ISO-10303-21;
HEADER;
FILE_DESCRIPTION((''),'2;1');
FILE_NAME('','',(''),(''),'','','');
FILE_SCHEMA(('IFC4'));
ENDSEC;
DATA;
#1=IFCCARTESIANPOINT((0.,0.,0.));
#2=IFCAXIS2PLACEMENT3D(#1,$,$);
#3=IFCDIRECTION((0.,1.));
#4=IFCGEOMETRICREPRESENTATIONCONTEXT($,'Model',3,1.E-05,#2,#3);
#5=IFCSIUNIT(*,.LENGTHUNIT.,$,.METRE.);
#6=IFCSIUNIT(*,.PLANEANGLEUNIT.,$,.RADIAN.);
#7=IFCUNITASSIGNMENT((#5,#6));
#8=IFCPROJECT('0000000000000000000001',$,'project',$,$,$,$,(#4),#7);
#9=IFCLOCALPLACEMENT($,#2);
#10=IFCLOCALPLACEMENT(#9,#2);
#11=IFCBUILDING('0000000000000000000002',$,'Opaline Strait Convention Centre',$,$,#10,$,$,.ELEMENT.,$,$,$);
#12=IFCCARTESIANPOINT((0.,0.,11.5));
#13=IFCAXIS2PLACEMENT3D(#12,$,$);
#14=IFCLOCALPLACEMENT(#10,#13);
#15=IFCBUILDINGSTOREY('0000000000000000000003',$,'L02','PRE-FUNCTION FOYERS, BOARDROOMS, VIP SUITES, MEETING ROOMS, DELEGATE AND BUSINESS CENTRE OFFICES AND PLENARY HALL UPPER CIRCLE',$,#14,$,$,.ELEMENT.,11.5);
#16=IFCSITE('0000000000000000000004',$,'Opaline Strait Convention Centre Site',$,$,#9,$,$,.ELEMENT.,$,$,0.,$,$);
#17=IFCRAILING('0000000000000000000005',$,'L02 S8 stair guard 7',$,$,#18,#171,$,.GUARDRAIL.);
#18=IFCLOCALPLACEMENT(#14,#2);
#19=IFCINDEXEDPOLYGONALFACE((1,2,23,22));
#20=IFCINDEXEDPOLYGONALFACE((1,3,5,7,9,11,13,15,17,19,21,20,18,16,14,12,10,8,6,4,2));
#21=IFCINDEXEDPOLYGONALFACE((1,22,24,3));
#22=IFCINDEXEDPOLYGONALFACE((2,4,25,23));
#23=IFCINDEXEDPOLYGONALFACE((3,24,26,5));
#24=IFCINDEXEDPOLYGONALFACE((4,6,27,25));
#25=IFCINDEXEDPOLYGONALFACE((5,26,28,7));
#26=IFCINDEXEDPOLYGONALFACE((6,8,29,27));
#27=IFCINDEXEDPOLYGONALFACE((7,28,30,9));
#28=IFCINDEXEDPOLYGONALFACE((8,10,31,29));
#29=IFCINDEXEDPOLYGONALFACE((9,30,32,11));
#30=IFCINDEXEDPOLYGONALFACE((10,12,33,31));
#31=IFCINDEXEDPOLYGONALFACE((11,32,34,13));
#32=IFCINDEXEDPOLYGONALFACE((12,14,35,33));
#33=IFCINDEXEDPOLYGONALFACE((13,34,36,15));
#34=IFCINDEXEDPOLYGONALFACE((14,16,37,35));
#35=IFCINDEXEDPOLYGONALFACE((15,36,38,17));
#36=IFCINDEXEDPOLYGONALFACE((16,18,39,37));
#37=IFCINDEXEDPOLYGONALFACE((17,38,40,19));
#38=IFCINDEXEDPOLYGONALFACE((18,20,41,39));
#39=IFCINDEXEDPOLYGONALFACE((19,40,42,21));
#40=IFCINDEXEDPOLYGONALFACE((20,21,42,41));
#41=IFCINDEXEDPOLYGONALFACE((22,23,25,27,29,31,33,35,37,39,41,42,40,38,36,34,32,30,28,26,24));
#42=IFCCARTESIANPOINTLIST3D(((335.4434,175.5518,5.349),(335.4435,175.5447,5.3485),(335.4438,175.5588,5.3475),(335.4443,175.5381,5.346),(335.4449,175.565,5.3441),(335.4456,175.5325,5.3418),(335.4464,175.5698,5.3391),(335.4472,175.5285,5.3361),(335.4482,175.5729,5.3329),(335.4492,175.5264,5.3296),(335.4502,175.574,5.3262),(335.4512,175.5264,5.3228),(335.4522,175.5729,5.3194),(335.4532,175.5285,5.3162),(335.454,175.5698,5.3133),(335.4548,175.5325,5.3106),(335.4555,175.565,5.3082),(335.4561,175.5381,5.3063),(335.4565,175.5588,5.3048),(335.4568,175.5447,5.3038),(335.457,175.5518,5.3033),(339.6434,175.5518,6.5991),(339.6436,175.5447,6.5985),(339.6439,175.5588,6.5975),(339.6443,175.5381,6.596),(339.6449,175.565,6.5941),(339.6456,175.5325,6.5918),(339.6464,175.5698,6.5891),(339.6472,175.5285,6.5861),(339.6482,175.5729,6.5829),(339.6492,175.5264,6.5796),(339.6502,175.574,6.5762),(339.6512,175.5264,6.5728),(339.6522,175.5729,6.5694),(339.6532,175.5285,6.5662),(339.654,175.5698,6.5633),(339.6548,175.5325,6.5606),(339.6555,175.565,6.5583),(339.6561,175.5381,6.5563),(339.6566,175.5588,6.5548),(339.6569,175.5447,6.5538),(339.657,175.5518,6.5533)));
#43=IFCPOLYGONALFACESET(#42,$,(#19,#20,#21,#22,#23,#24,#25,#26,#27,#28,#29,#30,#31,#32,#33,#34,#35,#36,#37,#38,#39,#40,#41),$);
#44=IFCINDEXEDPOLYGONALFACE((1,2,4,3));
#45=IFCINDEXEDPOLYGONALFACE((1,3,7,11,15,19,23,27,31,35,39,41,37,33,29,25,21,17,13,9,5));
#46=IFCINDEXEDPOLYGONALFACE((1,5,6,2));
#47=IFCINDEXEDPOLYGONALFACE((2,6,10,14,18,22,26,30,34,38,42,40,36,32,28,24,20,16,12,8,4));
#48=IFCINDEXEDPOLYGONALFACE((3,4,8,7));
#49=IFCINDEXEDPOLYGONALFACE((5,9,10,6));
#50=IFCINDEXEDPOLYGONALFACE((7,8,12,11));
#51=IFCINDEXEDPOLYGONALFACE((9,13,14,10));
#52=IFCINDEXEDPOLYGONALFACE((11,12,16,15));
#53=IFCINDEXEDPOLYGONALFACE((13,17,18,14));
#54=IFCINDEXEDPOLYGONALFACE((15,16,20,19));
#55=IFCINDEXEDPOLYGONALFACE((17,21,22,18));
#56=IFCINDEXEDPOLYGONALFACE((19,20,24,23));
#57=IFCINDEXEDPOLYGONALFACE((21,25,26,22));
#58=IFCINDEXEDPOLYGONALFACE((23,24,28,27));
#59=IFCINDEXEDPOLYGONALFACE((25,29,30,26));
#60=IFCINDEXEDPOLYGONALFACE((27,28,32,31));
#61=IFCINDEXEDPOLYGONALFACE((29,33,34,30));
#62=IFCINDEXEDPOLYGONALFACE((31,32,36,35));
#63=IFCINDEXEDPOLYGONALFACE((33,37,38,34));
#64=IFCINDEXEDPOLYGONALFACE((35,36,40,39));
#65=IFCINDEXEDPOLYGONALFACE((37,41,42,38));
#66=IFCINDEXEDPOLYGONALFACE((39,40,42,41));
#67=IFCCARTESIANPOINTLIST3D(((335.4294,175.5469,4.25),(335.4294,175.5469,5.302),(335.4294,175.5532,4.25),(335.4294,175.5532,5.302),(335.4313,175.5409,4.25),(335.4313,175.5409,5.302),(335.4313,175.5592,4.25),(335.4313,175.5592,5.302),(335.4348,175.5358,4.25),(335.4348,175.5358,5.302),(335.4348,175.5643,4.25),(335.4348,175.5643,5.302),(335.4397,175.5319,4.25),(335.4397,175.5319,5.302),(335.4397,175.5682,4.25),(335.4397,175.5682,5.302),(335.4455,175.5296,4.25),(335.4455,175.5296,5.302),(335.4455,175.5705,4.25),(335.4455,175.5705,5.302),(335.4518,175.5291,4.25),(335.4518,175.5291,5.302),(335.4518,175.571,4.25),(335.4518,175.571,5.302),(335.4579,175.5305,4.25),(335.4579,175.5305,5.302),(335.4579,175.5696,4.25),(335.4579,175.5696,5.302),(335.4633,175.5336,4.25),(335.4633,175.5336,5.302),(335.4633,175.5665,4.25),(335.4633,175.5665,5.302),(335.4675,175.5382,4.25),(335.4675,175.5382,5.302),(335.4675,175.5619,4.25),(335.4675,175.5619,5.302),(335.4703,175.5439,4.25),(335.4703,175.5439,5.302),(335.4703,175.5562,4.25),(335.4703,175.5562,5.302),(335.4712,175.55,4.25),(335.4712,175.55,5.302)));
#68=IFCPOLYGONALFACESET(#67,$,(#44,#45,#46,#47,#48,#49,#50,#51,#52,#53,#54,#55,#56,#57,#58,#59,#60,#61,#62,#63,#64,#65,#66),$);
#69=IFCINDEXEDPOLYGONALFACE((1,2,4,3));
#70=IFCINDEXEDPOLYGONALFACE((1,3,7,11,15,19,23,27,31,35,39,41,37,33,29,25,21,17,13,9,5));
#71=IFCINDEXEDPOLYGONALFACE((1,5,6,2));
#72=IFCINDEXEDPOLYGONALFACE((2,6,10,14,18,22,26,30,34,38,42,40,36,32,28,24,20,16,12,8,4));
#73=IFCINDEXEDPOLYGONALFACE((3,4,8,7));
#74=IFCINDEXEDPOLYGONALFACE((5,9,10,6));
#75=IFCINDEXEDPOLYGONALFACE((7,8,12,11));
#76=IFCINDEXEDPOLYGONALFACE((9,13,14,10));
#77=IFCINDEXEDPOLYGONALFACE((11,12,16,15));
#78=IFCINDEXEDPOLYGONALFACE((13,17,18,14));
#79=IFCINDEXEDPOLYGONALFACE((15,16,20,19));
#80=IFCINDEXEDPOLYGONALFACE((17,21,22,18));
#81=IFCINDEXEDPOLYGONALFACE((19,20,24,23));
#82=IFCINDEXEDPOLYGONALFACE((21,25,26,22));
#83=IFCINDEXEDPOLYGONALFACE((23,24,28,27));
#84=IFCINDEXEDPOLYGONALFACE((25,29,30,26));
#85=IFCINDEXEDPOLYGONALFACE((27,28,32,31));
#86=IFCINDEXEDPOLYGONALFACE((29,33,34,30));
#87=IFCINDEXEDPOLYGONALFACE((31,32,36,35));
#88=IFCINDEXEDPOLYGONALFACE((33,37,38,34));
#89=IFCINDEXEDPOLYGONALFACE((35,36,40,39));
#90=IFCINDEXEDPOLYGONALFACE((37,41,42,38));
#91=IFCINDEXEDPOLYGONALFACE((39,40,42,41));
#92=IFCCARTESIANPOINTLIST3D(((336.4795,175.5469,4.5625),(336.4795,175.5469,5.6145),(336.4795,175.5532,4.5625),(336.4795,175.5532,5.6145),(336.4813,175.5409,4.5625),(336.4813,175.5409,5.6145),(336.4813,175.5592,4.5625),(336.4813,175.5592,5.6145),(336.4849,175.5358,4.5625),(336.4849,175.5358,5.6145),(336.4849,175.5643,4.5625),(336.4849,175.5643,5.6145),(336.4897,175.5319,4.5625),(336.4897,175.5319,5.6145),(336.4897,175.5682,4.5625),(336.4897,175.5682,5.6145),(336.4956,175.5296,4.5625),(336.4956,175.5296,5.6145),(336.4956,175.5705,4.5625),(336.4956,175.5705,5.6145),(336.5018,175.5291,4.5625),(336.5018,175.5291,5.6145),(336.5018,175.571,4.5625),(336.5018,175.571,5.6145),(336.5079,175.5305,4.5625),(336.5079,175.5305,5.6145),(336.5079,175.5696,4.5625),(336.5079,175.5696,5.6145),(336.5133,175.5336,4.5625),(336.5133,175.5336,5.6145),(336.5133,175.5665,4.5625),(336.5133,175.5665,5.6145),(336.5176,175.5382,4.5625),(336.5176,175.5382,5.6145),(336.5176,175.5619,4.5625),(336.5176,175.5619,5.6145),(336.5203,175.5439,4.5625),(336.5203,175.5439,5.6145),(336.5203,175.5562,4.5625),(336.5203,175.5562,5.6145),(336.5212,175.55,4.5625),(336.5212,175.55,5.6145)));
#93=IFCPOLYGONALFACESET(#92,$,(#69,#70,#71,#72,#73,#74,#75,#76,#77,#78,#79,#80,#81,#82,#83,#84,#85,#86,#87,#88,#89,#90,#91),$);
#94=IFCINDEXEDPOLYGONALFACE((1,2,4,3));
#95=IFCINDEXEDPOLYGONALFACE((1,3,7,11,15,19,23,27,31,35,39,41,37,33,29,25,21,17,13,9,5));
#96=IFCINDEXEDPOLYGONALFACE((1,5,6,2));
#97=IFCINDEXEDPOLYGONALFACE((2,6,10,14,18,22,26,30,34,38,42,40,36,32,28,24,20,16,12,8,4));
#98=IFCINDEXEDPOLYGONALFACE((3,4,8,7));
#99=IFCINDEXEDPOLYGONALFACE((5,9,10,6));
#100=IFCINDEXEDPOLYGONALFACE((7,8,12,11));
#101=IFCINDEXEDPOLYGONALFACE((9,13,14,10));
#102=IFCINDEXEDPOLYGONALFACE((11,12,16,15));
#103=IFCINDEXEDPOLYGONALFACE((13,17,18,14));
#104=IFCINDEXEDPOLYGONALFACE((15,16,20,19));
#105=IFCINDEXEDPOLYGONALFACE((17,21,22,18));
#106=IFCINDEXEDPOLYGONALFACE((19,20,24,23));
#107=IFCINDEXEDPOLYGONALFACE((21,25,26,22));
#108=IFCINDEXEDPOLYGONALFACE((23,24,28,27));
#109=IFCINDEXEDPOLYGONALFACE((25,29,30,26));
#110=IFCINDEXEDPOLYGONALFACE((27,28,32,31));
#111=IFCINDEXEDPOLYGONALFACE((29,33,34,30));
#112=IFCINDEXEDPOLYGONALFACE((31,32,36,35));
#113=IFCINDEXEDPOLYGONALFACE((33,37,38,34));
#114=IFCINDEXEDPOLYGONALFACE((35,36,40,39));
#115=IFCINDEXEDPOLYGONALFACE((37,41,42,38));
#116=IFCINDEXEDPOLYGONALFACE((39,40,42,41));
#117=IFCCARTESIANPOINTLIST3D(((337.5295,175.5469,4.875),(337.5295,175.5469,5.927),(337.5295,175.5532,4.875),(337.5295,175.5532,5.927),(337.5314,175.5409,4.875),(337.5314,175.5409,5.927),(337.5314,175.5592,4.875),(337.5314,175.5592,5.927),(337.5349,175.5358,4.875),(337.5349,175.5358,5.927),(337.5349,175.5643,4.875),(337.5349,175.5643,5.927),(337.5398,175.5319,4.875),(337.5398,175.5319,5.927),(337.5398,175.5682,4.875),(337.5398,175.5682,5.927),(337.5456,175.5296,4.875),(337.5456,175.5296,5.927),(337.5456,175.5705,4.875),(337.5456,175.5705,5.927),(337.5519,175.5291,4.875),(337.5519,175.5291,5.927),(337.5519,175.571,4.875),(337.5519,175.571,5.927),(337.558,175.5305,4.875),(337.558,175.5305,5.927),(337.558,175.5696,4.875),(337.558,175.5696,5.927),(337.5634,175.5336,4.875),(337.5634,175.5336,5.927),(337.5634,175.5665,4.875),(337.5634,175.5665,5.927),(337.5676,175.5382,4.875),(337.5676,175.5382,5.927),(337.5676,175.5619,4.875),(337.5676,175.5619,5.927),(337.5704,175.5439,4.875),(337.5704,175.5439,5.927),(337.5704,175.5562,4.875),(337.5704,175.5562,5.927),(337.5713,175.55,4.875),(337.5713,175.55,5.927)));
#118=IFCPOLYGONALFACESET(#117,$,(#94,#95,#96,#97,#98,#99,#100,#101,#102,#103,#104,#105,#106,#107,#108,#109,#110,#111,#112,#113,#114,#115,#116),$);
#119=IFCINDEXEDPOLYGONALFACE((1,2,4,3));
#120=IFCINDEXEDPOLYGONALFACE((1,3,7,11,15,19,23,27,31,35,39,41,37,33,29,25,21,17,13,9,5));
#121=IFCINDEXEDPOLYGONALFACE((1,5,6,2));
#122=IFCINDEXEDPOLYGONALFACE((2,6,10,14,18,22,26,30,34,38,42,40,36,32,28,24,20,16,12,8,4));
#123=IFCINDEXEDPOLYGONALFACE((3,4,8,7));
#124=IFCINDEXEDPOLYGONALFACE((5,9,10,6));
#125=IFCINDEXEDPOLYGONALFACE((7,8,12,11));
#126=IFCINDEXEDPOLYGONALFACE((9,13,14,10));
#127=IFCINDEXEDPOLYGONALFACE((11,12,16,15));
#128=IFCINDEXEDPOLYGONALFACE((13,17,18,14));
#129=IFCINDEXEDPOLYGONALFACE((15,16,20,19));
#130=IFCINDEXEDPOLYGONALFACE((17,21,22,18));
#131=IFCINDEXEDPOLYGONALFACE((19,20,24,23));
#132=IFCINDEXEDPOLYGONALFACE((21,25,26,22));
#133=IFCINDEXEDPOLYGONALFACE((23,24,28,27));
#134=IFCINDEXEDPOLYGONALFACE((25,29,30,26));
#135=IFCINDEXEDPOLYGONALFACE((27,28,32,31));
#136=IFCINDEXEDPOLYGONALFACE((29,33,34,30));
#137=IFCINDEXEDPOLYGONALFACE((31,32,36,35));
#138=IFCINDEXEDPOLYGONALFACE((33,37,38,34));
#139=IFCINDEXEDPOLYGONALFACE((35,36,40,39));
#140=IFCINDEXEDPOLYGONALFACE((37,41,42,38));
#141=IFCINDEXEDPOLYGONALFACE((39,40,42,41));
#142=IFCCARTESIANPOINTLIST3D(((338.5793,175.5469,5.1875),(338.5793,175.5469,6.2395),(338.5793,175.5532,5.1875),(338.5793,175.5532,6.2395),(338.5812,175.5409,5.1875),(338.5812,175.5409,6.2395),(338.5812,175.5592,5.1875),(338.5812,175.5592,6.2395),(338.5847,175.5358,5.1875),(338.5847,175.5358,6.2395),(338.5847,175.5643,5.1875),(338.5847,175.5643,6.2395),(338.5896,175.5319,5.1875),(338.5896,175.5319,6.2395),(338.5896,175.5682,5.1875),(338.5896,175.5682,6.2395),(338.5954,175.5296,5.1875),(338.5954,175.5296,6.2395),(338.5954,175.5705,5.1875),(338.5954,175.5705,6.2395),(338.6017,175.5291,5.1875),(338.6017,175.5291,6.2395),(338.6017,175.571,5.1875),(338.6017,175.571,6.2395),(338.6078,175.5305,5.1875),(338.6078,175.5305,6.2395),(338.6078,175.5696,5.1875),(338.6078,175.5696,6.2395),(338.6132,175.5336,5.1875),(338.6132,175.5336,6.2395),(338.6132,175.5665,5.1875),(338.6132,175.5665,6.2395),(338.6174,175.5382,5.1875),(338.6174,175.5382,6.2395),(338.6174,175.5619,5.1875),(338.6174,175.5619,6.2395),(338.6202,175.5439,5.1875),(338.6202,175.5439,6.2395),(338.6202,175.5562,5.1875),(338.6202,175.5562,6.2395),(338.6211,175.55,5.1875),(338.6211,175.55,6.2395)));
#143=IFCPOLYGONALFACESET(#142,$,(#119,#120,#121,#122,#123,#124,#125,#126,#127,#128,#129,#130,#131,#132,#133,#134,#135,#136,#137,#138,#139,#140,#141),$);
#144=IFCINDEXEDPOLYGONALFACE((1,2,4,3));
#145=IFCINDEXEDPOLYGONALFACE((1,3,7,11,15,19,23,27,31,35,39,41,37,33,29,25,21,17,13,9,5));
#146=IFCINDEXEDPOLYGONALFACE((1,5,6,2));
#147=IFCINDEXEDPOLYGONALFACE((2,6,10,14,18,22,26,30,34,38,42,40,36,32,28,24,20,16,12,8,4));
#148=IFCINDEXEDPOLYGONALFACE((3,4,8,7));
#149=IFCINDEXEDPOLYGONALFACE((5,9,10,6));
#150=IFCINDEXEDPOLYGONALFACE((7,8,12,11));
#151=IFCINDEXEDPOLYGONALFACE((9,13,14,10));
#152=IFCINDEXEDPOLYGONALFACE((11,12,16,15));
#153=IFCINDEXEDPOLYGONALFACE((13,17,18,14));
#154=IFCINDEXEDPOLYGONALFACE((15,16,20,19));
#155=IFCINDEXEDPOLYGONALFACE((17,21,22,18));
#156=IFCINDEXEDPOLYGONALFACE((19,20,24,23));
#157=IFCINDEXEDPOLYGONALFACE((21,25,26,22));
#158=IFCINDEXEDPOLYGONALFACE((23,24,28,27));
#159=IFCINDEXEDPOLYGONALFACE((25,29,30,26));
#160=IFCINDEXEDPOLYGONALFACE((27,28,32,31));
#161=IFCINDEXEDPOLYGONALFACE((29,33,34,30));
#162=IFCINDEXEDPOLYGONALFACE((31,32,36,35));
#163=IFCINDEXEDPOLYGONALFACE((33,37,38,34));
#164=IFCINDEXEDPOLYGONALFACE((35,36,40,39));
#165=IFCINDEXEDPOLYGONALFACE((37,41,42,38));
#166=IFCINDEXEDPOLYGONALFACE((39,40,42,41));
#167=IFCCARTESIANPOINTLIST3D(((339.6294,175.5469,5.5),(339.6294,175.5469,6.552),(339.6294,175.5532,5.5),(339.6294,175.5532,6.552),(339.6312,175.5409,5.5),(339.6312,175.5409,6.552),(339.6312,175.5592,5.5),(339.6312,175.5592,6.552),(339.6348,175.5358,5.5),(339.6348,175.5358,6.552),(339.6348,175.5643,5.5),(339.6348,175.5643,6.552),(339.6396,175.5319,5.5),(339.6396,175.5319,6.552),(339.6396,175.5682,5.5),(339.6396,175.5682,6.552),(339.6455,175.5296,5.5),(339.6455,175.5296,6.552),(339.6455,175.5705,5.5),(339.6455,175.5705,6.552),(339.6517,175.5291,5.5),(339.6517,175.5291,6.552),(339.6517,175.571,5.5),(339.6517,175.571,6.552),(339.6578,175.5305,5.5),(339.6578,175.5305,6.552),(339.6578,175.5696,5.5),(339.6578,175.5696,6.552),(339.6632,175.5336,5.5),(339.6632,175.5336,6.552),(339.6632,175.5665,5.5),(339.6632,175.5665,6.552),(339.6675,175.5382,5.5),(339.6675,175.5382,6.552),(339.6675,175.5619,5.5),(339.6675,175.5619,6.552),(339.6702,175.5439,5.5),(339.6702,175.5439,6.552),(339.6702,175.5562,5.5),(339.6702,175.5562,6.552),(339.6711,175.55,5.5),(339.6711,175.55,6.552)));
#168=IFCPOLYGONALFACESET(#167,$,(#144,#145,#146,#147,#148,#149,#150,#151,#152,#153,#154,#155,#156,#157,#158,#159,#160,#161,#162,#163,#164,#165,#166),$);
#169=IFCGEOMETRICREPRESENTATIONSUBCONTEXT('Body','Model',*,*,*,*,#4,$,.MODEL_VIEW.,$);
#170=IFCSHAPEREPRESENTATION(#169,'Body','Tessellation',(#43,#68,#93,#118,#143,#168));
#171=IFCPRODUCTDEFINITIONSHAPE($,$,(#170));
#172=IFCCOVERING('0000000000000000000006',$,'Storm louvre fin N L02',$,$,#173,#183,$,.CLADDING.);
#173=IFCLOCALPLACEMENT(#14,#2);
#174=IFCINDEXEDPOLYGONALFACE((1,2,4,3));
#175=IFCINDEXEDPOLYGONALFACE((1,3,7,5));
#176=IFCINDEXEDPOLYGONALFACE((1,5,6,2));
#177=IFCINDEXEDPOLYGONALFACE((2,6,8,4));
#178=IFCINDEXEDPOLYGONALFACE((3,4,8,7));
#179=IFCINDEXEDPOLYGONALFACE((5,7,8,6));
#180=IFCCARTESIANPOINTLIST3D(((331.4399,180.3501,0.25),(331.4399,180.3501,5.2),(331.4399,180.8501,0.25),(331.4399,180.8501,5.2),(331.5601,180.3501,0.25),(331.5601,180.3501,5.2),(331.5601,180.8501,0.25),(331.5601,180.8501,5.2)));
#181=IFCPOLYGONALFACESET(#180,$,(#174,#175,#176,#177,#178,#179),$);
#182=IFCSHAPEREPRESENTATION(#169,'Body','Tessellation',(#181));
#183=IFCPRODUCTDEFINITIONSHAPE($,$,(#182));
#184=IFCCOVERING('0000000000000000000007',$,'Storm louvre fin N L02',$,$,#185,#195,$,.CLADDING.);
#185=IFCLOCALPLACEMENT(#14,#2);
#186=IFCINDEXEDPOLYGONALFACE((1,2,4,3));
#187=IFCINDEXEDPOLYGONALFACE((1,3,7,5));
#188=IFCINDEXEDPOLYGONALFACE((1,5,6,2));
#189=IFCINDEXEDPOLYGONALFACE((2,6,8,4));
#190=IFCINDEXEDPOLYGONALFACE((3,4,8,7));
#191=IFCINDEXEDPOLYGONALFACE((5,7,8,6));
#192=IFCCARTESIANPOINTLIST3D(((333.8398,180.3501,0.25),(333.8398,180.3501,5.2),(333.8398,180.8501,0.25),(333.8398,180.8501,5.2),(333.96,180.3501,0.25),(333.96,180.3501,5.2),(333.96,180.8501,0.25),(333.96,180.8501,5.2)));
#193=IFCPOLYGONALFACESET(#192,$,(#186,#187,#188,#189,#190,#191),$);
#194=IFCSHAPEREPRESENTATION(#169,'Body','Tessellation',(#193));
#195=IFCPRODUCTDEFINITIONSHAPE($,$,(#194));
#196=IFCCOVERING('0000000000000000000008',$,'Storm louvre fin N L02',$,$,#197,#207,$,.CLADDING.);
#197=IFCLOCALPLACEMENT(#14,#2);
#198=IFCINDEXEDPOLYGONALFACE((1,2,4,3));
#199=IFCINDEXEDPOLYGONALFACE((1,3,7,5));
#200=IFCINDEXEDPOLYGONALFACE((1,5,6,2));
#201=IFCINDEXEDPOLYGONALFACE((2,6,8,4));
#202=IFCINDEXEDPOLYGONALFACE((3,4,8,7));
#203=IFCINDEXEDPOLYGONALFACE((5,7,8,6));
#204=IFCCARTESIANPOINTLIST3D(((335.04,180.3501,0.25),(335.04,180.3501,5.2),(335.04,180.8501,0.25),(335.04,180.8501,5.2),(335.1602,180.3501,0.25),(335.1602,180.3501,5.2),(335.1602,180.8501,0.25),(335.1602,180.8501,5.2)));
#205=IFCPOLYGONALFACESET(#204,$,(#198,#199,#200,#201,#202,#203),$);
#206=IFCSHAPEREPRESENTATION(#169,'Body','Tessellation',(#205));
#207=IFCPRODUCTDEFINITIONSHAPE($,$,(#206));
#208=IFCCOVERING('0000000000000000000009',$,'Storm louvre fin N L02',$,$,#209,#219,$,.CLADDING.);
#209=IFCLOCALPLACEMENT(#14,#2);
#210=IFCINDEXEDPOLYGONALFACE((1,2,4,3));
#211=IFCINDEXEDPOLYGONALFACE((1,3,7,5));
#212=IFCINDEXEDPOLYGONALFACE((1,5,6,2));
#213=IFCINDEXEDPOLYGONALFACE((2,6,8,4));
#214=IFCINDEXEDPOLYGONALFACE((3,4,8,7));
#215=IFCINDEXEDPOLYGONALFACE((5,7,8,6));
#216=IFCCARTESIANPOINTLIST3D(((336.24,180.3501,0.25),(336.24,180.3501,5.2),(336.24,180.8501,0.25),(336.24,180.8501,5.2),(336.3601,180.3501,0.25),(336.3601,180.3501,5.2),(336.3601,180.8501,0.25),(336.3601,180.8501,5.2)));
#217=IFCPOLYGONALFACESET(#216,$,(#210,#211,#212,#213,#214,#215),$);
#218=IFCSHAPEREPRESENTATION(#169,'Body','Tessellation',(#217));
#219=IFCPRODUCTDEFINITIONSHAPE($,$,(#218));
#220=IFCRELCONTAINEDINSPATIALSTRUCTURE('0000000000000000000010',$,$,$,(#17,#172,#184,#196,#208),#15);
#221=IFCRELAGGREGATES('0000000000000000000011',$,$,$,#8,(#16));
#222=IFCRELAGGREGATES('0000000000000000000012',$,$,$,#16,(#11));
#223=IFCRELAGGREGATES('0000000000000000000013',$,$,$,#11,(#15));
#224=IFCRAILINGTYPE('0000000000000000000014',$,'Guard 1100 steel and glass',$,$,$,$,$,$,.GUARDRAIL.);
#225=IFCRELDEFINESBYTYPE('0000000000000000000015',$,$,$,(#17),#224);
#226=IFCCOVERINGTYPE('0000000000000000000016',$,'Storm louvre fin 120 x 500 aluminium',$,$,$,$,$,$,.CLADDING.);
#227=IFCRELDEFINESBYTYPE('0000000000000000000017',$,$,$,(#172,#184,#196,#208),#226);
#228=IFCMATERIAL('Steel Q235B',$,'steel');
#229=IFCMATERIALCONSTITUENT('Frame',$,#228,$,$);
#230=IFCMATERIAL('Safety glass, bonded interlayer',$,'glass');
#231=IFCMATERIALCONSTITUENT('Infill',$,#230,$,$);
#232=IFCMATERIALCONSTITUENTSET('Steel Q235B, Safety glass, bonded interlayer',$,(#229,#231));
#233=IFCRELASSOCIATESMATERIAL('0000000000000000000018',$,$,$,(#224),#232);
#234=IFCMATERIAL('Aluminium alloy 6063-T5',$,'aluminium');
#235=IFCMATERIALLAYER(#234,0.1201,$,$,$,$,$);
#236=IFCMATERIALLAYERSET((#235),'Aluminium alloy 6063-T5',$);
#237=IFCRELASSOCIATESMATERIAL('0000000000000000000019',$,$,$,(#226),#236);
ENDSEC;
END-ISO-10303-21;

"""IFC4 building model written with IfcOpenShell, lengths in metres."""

from ifc_helpers import new_model, si_unit, direction, frame, origin, origin_2d, place, context, subcontext, project, spatial, rectangle, circle, extrude, material, layer, layer_set, constituent, constituent_set, type_object, element, save


model = new_model("IFC4")

# Units and contexts
model_context = context("Model", 3, precision=1e-05, world=origin(), true_north=direction((0.0, 1.0)))
body_context = subcontext(model_context, "Body", "Model", "MODEL_VIEW")
ifc_project = project(units=[si_unit("LENGTHUNIT", "METRE"), si_unit("PLANEANGLEUNIT", "RADIAN")], contexts=[model_context])

# Site, building, storey
site_placement = place(None, origin())
site = spatial("IfcSite", under=ifc_project, at=site_placement, Name="Opaline Strait Convention Centre Site", CompositionType="ELEMENT", RefElevation=0.0)
building_placement = place(site_placement, origin())
building = spatial("IfcBuilding", under=site, at=building_placement, Name="Opaline Strait Convention Centre", CompositionType="ELEMENT")
storey_placement = place(building_placement, frame((0.0, 0.0, 11.5)))
storey = spatial("IfcBuildingStorey", under=building, at=storey_placement, Name="L02", Description="PRE-FUNCTION FOYERS, BOARDROOMS, VIP SUITES, MEETING ROOMS, DELEGATE AND BUSINESS CENTRE OFFICES AND PLENARY HALL UPPER CIRCLE", CompositionType="ELEMENT", Elevation=11.5)

# Railing
ifc_material_1 = material(Name="Steel Q235B", Category="steel")
ifc_constituent_1 = constituent(ifc_material_1, Name="Frame")
ifc_material_2 = material(Name="Safety glass, bonded interlayer", Category="glass")
ifc_constituent_2 = constituent(ifc_material_2, Name="Infill")
ifc_constituent_set = constituent_set(constituents=[ifc_constituent_1, ifc_constituent_2], Name="Steel Q235B, Safety glass, bonded interlayer")
railing_type = type_object("IfcRailingType", Name="Guard 1100 steel and glass", PredefinedType="GUARDRAIL", material=ifc_constituent_set)
railing_1_placement = place(storey_placement, frame((335.4502, 175.55, 4.25)))
element("IfcRailing", 1, at=railing_1_placement, inside=storey, type_object=railing_type, Name="L02 S8 stair guard 7", PredefinedType="GUARDRAIL", context=body_context, shape_type="SweptSolid", body=[
    extrude(circle(Radius=0.0239, at=origin_2d()), frame((0.0, 0.0, 1.0762), z_axis=(0.958451, 0.0, 0.285257), x_axis=(0.0, 1.0, 0.0)), (0.0, 0.0, 1.0), 4.3821),
    extrude(circle(Radius=0.021, at=origin_2d()), origin(), (0.0, 0.0, 1.0), 1.052),
    extrude(circle(Radius=0.021, at=origin_2d()), frame((1.05, 0.0, 0.3125)), (0.0, 0.0, 1.0), 1.052),
    extrude(circle(Radius=0.021, at=origin_2d()), frame((2.1001, 0.0, 0.625)), (0.0, 0.0, 1.0), 1.052),
    extrude(circle(Radius=0.021, at=origin_2d()), frame((3.1499, 0.0, 0.9375)), (0.0, 0.0, 1.0), 1.052),
    extrude(circle(Radius=0.021, at=origin_2d()), frame((4.2, 0.0, 1.25)), (0.0, 0.0, 1.0), 1.052),
])

# Coverings
ifc_material_3 = material(Name="Aluminium alloy 6063-T5", Category="aluminium")
ifc_layer_1 = layer(ifc_material_3, 0.1201)
ifc_layer_set_1 = layer_set([ifc_layer_1], Name="Aluminium alloy 6063-T5")
covering_type = type_object("IfcCoveringType", Name="Storm louvre fin 120 x 500 aluminium", PredefinedType="CLADDING", material=ifc_layer_set_1)
for number, where, z_axis, x_axis, name in (
    (2, (331.5, 180.6001, 0.25), (0.0, 0.0, 1.0), (1.0, 0.0, 0.0), "Storm louvre fin N L02"),
    (3, (333.8999, 180.6001, 0.25), (0.0, 0.0, 1.0), (1.0, 0.0, 0.0), "Storm louvre fin N L02"),
    (4, (335.1001, 180.6001, 0.25), (0.0, 0.0, 1.0), (1.0, 0.0, 0.0), "Storm louvre fin N L02"),
    (5, (336.3, 180.6001, 0.25), (0.0, 0.0, 1.0), (1.0, 0.0, 0.0), "Storm louvre fin N L02"),
):
    element("IfcCovering", number, at=place(storey_placement, frame(where, z_axis=z_axis, x_axis=x_axis)), inside=storey, type_object=covering_type, Name=name, PredefinedType="CLADDING", context=body_context, shape_type="SweptSolid", body=[
        extrude(rectangle(XDim=0.1201, YDim=0.5, at=origin_2d()), origin(), (0.0, 0.0, 1.0), 4.95),
    ])

save(model, "model.ifc")
